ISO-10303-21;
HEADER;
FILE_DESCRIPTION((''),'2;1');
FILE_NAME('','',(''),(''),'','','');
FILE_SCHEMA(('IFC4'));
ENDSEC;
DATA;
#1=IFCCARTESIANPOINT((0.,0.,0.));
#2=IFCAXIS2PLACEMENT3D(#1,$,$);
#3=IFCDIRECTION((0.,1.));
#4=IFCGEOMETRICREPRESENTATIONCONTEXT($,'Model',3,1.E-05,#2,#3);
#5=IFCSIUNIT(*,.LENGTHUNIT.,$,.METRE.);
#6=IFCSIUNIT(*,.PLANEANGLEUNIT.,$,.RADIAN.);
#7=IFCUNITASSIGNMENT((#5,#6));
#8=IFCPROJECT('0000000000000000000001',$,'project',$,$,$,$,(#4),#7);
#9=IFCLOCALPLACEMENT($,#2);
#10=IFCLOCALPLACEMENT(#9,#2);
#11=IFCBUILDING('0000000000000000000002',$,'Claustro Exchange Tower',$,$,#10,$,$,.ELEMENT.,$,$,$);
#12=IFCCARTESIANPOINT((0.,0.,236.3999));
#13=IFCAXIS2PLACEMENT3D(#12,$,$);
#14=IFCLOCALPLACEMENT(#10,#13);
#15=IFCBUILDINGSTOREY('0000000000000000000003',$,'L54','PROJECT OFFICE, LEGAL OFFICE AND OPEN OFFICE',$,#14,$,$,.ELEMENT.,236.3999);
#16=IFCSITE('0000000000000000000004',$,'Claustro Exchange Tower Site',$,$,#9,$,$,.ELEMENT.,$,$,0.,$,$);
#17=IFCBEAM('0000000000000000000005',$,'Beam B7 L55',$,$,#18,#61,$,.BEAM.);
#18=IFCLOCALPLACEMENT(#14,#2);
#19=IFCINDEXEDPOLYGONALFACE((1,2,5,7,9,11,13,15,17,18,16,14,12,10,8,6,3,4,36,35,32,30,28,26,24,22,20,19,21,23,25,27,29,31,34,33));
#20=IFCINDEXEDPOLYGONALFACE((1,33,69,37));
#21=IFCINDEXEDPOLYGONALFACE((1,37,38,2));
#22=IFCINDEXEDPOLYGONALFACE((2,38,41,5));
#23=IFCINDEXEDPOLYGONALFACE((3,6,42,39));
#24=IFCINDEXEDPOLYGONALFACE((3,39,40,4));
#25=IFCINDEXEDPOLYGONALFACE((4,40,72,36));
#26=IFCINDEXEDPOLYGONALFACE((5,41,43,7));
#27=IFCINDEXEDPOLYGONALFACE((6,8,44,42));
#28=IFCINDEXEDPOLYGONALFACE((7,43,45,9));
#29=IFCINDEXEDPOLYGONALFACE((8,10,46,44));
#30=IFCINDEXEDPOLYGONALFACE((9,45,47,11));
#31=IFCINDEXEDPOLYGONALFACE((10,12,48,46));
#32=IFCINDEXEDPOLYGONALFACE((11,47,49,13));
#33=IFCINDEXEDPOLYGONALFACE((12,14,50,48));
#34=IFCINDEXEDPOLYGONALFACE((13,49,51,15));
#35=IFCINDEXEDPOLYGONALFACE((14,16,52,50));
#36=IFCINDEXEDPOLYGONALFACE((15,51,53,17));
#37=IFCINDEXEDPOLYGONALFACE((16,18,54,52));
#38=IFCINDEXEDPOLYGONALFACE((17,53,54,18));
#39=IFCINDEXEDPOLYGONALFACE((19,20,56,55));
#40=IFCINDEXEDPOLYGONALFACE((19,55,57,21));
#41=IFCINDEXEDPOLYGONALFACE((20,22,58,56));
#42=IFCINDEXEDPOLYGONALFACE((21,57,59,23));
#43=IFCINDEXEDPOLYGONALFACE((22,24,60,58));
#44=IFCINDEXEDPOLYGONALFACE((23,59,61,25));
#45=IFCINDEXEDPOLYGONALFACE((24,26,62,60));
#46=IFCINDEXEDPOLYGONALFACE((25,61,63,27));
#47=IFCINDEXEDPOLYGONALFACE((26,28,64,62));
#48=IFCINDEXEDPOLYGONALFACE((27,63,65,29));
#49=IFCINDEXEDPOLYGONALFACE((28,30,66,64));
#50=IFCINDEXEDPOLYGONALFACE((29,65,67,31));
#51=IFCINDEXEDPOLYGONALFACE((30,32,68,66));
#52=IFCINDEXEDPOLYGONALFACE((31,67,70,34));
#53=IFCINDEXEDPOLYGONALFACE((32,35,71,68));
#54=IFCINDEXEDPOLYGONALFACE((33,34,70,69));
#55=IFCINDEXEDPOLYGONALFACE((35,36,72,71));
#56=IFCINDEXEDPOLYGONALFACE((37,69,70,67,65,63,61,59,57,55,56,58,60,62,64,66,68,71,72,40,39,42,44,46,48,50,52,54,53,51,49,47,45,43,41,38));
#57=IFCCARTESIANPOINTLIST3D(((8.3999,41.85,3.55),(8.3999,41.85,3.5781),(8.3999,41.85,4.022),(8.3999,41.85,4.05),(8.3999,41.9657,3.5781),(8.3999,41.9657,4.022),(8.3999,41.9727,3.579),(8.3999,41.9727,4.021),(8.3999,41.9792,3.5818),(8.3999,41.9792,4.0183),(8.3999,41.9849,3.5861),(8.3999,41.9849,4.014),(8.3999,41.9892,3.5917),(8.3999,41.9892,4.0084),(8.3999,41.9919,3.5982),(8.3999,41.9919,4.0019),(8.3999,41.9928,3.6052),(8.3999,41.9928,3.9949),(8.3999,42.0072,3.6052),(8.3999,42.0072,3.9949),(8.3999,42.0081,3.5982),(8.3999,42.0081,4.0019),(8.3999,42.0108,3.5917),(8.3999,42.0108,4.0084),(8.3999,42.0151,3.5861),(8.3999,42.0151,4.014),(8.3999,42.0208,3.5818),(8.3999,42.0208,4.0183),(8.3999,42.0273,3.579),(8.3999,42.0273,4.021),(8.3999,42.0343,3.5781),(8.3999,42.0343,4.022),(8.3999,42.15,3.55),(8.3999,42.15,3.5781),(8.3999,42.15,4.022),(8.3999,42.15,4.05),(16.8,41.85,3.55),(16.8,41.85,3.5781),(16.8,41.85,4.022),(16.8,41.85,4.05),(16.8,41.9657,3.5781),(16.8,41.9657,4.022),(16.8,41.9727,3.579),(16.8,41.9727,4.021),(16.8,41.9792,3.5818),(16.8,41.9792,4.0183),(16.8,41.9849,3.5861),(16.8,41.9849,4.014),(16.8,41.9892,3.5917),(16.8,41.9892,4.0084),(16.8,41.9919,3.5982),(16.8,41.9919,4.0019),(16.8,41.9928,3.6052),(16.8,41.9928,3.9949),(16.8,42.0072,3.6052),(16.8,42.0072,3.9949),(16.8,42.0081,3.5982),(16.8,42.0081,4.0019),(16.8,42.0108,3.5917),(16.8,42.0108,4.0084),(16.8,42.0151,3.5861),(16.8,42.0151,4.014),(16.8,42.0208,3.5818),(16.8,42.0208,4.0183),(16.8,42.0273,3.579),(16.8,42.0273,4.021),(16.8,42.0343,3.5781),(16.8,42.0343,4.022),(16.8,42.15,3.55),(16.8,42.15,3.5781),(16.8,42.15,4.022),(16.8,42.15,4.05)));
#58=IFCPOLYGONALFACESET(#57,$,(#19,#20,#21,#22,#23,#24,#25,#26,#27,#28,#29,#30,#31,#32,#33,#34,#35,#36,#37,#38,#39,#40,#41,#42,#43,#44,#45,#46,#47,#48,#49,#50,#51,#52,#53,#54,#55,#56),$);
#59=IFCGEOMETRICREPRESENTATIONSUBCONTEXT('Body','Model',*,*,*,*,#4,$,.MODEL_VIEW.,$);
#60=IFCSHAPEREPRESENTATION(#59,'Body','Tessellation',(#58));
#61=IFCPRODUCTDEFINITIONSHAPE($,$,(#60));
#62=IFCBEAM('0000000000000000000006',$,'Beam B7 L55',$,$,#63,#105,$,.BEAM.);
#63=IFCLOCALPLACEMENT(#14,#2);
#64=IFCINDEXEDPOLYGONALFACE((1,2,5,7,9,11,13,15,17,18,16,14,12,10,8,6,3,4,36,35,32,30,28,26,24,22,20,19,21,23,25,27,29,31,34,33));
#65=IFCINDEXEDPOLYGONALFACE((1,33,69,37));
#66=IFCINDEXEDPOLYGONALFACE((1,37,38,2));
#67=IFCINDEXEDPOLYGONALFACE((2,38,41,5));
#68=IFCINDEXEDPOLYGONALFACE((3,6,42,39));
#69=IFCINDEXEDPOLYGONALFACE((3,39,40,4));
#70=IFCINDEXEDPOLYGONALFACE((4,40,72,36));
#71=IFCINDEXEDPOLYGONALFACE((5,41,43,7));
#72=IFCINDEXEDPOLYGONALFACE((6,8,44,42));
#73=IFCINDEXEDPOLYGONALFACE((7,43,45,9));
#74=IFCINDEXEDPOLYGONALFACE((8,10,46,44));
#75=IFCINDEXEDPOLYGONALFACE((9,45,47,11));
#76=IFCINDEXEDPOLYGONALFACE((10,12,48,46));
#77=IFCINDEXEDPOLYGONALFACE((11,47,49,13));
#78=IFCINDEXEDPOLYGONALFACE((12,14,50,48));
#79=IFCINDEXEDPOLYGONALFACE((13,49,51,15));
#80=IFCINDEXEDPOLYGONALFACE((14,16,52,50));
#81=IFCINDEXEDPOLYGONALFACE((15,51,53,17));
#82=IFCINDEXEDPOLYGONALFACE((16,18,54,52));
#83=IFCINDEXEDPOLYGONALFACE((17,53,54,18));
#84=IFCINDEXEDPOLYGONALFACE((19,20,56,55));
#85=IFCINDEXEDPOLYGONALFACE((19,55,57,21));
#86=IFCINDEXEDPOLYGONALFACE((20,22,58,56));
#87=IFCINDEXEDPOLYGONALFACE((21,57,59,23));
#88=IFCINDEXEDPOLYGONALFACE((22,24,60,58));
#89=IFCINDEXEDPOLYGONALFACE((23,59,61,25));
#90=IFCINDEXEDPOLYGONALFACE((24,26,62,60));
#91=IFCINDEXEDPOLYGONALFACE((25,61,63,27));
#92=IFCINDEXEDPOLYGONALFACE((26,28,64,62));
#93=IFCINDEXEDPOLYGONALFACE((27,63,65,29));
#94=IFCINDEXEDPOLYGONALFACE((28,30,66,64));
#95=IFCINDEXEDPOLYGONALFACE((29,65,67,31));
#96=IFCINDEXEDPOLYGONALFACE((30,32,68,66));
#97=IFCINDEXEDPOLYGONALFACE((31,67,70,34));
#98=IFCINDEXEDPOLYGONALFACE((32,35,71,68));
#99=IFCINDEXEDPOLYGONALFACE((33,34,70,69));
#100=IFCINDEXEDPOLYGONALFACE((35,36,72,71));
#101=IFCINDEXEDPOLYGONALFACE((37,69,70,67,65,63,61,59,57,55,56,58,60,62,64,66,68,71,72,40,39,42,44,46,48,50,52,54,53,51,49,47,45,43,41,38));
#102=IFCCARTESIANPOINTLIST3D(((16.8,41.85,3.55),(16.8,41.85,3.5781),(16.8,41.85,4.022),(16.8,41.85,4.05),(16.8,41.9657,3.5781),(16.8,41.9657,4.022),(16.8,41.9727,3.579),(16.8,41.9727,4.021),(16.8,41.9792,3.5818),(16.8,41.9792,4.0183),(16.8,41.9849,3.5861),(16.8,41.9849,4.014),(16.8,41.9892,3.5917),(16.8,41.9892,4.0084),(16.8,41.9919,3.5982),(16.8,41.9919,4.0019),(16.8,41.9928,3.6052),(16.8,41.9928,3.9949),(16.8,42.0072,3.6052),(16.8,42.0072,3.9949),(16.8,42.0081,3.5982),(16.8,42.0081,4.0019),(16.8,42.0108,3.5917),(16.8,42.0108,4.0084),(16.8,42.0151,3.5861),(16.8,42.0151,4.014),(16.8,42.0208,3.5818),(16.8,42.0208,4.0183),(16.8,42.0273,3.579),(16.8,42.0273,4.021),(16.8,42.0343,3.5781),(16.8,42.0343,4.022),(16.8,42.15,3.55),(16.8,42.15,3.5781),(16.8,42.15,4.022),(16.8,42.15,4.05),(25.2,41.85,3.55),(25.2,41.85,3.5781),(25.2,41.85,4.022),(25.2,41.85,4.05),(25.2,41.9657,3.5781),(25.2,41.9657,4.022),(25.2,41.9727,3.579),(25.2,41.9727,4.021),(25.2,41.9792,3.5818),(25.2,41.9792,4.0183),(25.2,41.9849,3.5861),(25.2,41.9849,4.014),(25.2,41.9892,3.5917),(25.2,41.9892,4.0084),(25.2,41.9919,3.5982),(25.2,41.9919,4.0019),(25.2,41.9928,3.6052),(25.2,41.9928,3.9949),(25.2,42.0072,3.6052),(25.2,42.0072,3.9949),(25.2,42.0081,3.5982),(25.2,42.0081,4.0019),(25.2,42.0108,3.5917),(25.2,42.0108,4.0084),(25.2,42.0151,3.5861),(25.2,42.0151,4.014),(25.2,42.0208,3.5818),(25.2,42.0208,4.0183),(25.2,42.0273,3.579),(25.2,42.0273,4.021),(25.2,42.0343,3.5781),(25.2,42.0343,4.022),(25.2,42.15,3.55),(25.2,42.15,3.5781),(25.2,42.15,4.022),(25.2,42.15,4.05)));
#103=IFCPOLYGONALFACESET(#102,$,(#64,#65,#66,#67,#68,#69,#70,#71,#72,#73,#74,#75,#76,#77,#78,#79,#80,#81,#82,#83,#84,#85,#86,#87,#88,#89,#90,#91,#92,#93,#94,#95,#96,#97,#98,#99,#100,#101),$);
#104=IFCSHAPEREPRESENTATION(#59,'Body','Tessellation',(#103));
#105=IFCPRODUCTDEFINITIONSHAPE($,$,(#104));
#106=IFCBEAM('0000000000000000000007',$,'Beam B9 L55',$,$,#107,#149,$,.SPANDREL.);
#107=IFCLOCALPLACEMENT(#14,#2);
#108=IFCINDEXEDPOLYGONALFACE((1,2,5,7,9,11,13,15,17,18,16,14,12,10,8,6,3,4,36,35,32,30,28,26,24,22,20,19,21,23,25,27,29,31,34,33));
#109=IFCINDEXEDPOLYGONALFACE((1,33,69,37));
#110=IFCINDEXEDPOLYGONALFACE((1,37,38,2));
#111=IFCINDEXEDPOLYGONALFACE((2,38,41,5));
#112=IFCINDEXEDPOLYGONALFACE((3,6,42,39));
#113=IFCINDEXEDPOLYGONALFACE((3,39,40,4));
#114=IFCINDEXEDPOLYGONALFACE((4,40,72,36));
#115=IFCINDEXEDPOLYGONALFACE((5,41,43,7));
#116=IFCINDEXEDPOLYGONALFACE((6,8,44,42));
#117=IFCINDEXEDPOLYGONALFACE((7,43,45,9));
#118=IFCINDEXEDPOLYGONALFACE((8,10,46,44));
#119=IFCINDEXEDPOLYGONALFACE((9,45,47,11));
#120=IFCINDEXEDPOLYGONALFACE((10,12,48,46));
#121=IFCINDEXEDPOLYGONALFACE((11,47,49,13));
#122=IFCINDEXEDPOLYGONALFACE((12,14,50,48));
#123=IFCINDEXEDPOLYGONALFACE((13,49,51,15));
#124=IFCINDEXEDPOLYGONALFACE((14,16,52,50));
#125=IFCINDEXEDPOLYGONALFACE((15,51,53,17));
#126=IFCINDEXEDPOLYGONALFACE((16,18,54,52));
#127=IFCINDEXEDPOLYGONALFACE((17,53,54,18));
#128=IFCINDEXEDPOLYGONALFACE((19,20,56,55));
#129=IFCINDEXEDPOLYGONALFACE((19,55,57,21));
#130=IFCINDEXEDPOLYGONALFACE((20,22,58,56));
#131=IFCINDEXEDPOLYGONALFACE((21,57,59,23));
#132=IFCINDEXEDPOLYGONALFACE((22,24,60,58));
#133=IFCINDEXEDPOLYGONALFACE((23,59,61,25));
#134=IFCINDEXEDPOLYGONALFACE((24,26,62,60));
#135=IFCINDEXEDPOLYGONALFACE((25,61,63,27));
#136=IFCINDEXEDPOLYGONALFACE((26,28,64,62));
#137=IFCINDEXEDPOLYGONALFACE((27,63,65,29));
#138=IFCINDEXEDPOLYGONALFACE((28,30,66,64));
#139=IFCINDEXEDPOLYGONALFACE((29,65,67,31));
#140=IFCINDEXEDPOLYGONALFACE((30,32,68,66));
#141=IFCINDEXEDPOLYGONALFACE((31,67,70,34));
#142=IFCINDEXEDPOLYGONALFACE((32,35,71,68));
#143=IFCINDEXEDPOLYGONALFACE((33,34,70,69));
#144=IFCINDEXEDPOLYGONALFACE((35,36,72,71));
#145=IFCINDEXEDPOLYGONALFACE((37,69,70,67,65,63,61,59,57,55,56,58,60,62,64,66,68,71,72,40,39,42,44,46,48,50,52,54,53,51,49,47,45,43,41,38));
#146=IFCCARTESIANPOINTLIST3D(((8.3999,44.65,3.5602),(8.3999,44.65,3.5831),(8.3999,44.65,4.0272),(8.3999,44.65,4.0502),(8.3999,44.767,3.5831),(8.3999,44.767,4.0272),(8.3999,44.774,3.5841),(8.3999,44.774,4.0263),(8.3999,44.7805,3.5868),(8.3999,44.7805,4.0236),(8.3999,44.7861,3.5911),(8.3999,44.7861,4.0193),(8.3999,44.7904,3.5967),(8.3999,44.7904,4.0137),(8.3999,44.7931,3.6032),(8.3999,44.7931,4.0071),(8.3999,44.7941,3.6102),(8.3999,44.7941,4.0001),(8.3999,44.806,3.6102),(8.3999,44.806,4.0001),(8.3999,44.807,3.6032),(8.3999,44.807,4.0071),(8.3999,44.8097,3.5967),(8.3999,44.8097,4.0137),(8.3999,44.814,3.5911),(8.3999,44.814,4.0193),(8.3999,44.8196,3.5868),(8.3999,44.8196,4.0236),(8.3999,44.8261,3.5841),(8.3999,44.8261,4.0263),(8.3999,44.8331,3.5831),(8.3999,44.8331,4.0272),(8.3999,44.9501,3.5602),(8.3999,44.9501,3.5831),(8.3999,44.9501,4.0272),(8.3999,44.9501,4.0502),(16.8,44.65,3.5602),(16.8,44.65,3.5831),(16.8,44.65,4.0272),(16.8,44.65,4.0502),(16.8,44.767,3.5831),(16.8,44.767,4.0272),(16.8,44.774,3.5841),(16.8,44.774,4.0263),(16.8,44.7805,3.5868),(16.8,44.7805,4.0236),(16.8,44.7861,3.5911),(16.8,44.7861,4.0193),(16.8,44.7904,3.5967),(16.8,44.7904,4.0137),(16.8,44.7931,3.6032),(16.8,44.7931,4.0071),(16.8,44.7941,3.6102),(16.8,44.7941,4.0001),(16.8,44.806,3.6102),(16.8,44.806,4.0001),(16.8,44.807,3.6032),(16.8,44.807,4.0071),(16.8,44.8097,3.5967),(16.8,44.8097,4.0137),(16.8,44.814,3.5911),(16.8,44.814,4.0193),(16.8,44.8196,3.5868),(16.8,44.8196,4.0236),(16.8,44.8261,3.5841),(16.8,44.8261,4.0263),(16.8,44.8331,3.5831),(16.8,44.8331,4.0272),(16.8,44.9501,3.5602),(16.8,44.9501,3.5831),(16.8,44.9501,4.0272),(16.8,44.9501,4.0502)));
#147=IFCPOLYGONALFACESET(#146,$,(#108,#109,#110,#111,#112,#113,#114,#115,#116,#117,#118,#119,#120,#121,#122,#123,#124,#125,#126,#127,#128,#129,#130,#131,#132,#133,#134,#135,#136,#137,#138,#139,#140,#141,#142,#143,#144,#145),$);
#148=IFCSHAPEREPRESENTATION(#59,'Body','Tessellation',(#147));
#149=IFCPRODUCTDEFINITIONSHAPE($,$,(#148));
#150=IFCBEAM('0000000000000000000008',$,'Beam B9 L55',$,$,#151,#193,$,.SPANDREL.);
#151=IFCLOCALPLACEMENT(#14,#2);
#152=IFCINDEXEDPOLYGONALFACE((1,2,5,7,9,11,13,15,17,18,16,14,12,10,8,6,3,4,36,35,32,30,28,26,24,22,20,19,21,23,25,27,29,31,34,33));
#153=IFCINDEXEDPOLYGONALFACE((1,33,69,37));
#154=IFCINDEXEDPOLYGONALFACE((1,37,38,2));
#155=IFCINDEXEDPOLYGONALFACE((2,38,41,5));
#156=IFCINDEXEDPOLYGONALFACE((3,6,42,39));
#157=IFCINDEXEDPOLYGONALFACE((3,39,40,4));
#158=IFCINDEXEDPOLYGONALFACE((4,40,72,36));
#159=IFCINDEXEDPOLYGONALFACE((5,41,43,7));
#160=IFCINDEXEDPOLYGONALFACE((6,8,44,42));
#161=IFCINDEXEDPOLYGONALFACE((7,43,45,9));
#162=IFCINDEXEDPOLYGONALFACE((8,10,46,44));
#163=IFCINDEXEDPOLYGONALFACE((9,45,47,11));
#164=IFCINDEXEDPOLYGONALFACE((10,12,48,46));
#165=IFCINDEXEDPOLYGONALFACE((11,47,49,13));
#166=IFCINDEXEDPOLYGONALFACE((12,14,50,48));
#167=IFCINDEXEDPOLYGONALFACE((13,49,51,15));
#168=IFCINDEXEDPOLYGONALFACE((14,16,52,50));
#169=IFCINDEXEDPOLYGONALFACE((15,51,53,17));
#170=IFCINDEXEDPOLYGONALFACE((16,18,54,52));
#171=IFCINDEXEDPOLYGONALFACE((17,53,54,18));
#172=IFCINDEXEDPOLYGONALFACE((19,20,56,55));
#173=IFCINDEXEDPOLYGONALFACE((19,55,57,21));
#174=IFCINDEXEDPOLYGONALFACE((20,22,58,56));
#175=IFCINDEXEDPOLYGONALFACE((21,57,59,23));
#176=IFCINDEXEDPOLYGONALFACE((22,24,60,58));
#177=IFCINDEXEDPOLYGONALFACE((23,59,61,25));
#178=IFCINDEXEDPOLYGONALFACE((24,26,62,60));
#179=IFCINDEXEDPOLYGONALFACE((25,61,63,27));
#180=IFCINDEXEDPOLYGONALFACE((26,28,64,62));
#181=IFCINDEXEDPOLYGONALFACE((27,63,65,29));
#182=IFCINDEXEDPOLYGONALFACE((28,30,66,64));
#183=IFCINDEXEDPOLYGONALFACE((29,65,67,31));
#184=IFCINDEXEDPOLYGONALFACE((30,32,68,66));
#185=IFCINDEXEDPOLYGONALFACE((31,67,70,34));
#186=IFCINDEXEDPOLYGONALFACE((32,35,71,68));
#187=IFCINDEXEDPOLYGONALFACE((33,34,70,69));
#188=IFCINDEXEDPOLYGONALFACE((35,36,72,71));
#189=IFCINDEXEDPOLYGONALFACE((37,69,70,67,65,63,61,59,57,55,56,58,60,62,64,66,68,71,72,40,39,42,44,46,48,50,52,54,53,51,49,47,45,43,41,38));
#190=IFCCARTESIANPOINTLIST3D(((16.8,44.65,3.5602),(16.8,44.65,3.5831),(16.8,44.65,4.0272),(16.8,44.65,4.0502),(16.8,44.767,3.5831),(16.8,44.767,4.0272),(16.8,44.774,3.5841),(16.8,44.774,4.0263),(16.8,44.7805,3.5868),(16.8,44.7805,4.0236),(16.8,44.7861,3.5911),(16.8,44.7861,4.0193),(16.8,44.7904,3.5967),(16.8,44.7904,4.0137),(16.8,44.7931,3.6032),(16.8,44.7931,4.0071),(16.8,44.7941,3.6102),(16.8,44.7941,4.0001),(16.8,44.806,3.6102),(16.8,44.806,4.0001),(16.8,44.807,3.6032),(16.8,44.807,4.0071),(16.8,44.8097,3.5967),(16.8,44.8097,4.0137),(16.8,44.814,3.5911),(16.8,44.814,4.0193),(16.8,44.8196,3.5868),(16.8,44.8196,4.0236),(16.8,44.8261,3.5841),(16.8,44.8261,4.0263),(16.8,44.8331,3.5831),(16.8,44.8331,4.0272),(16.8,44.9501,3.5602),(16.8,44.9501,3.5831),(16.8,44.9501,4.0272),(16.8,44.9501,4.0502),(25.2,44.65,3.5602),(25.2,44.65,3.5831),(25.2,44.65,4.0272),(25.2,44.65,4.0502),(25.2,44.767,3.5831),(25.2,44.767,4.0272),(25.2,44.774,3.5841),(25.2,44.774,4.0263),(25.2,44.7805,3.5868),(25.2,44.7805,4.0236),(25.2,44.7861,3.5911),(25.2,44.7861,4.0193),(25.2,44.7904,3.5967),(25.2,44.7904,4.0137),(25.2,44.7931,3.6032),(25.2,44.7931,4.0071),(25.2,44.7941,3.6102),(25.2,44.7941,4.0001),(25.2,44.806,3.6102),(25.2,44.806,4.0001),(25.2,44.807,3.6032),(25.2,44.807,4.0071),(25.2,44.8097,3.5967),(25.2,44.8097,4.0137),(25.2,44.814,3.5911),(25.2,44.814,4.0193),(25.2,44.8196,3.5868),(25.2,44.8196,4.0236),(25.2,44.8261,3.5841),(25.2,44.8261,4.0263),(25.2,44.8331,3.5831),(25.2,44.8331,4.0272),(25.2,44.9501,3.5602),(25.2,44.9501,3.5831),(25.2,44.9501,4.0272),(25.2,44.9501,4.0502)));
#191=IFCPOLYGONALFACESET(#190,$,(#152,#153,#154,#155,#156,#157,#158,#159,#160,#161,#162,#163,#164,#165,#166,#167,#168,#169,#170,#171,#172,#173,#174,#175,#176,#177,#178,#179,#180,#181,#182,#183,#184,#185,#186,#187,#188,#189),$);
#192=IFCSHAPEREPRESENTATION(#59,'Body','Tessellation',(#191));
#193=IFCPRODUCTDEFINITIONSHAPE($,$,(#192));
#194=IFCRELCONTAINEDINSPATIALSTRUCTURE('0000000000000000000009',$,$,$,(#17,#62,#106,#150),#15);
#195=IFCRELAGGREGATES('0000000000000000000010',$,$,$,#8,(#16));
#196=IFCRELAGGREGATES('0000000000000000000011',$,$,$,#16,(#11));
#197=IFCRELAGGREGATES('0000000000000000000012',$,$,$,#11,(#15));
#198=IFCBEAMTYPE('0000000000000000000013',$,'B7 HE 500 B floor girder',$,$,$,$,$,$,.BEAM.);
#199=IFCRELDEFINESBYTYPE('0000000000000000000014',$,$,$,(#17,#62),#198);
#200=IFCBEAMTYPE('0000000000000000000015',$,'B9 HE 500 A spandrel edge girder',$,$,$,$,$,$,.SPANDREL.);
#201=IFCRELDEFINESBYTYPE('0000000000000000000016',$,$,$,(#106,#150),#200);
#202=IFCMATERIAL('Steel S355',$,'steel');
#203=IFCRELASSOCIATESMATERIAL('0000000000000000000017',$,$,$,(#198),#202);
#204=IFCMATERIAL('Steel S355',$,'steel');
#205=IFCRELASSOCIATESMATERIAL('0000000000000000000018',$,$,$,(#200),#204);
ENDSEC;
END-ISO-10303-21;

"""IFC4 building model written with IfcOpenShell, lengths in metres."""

from ifc_helpers import new_model, si_unit, direction, frame, origin, origin_2d, place, context, subcontext, project, spatial, i_section, extrude, material, material_profile, profile_set, type_object, element, save


model = new_model("IFC4")

# Units and contexts
model_context = context("Model", 3, precision=1e-05, world=origin(), true_north=direction((0.0, 1.0)))
body_context = subcontext(model_context, "Body", "Model", "MODEL_VIEW")
ifc_project = project(units=[si_unit("LENGTHUNIT", "METRE"), si_unit("PLANEANGLEUNIT", "RADIAN")], contexts=[model_context])

# Site, building, storey
site_placement = place(None, origin())
site = spatial("IfcSite", under=ifc_project, at=site_placement, Name="Claustro Exchange Tower Site", CompositionType="ELEMENT", RefElevation=0.0)
building_placement = place(site_placement, origin())
building = spatial("IfcBuilding", under=site, at=building_placement, Name="Claustro Exchange Tower", CompositionType="ELEMENT")
storey_placement = place(building_placement, frame((0.0, 0.0, 236.3999)))
storey = spatial("IfcBuildingStorey", under=building, at=storey_placement, Name="L54", Description="PROJECT OFFICE, LEGAL OFFICE AND OPEN OFFICE", CompositionType="ELEMENT", Elevation=236.3999)

# Beams
ifc_material_1 = material(Name="Steel S355", Category="steel")
ifc_material_profile_1 = material_profile(ifc_material_1, i_section(OverallWidth=0.3, OverallDepth=0.5, WebThickness=0.0144, FlangeThickness=0.0281, FilletRadius=0.0271, at=origin_2d()), Name="HE 500 B")
ifc_profile_set_1 = profile_set([ifc_material_profile_1], Name="Steel S355")
beam_type_1 = type_object("IfcBeamType", Name="B7 HE 500 B floor girder", PredefinedType="BEAM", material=ifc_profile_set_1)
beam_1_placement = place(storey_placement, frame((8.3999, 42.0, 3.8), z_axis=(1.0, 0.0, 0.0), x_axis=(0.0, 1.0, 0.0)))
element("IfcBeam", 1, at=beam_1_placement, inside=storey, type_object=beam_type_1, Name="Beam B7 L55", PredefinedType="BEAM", context=body_context, shape_type="SweptSolid", body=[
    extrude(i_section(OverallWidth=0.3, OverallDepth=0.5, WebThickness=0.0144, FlangeThickness=0.0281, FilletRadius=0.0271, at=origin_2d()), origin(), (0.0, 0.0, 1.0), 8.4001),
])
beam_2_placement = place(storey_placement, frame((16.8, 42.0, 3.8), z_axis=(1.0, 0.0, 0.0), x_axis=(0.0, 1.0, 0.0)))
element("IfcBeam", 2, at=beam_2_placement, inside=storey, type_object=beam_type_1, Name="Beam B7 L55", PredefinedType="BEAM", context=body_context, shape_type="SweptSolid", body=[
    extrude(i_section(OverallWidth=0.3, OverallDepth=0.5, WebThickness=0.0144, FlangeThickness=0.0281, FilletRadius=0.0271, at=origin_2d()), origin(), (0.0, 0.0, 1.0), 8.3999),
])
ifc_material_2 = material(Name="Steel S355", Category="steel")
ifc_material_profile_2 = material_profile(ifc_material_2, i_section(OverallWidth=0.3, OverallDepth=0.49, WebThickness=0.012, FlangeThickness=0.0229, FilletRadius=0.0271, at=origin_2d()), Name="HE 500 A")
ifc_profile_set_2 = profile_set([ifc_material_profile_2], Name="Steel S355")
beam_type_2 = type_object("IfcBeamType", Name="B9 HE 500 A spandrel edge girder", PredefinedType="SPANDREL", material=ifc_profile_set_2)
beam_3_placement = place(storey_placement, frame((8.3999, 44.8, 3.8052), z_axis=(1.0, 0.0, 0.0), x_axis=(0.0, 1.0, 0.0)))
element("IfcBeam", 3, at=beam_3_placement, inside=storey, type_object=beam_type_2, Name="Beam B9 L55", PredefinedType="SPANDREL", context=body_context, shape_type="SweptSolid", body=[
    extrude(i_section(OverallWidth=0.3, OverallDepth=0.49, WebThickness=0.012, FlangeThickness=0.0229, FilletRadius=0.0271, at=origin_2d()), origin(), (0.0, 0.0, 1.0), 8.4001),
])
beam_4_placement = place(storey_placement, frame((16.8, 44.8, 3.8052), z_axis=(1.0, 0.0, 0.0), x_axis=(0.0, 1.0, 0.0)))
element("IfcBeam", 4, at=beam_4_placement, inside=storey, type_object=beam_type_2, Name="Beam B9 L55", PredefinedType="SPANDREL", context=body_context, shape_type="SweptSolid", body=[
    extrude(i_section(OverallWidth=0.3, OverallDepth=0.49, WebThickness=0.012, FlangeThickness=0.0229, FilletRadius=0.0271, at=origin_2d()), origin(), (0.0, 0.0, 1.0), 8.3999),
])

save(model, "model.ifc")
